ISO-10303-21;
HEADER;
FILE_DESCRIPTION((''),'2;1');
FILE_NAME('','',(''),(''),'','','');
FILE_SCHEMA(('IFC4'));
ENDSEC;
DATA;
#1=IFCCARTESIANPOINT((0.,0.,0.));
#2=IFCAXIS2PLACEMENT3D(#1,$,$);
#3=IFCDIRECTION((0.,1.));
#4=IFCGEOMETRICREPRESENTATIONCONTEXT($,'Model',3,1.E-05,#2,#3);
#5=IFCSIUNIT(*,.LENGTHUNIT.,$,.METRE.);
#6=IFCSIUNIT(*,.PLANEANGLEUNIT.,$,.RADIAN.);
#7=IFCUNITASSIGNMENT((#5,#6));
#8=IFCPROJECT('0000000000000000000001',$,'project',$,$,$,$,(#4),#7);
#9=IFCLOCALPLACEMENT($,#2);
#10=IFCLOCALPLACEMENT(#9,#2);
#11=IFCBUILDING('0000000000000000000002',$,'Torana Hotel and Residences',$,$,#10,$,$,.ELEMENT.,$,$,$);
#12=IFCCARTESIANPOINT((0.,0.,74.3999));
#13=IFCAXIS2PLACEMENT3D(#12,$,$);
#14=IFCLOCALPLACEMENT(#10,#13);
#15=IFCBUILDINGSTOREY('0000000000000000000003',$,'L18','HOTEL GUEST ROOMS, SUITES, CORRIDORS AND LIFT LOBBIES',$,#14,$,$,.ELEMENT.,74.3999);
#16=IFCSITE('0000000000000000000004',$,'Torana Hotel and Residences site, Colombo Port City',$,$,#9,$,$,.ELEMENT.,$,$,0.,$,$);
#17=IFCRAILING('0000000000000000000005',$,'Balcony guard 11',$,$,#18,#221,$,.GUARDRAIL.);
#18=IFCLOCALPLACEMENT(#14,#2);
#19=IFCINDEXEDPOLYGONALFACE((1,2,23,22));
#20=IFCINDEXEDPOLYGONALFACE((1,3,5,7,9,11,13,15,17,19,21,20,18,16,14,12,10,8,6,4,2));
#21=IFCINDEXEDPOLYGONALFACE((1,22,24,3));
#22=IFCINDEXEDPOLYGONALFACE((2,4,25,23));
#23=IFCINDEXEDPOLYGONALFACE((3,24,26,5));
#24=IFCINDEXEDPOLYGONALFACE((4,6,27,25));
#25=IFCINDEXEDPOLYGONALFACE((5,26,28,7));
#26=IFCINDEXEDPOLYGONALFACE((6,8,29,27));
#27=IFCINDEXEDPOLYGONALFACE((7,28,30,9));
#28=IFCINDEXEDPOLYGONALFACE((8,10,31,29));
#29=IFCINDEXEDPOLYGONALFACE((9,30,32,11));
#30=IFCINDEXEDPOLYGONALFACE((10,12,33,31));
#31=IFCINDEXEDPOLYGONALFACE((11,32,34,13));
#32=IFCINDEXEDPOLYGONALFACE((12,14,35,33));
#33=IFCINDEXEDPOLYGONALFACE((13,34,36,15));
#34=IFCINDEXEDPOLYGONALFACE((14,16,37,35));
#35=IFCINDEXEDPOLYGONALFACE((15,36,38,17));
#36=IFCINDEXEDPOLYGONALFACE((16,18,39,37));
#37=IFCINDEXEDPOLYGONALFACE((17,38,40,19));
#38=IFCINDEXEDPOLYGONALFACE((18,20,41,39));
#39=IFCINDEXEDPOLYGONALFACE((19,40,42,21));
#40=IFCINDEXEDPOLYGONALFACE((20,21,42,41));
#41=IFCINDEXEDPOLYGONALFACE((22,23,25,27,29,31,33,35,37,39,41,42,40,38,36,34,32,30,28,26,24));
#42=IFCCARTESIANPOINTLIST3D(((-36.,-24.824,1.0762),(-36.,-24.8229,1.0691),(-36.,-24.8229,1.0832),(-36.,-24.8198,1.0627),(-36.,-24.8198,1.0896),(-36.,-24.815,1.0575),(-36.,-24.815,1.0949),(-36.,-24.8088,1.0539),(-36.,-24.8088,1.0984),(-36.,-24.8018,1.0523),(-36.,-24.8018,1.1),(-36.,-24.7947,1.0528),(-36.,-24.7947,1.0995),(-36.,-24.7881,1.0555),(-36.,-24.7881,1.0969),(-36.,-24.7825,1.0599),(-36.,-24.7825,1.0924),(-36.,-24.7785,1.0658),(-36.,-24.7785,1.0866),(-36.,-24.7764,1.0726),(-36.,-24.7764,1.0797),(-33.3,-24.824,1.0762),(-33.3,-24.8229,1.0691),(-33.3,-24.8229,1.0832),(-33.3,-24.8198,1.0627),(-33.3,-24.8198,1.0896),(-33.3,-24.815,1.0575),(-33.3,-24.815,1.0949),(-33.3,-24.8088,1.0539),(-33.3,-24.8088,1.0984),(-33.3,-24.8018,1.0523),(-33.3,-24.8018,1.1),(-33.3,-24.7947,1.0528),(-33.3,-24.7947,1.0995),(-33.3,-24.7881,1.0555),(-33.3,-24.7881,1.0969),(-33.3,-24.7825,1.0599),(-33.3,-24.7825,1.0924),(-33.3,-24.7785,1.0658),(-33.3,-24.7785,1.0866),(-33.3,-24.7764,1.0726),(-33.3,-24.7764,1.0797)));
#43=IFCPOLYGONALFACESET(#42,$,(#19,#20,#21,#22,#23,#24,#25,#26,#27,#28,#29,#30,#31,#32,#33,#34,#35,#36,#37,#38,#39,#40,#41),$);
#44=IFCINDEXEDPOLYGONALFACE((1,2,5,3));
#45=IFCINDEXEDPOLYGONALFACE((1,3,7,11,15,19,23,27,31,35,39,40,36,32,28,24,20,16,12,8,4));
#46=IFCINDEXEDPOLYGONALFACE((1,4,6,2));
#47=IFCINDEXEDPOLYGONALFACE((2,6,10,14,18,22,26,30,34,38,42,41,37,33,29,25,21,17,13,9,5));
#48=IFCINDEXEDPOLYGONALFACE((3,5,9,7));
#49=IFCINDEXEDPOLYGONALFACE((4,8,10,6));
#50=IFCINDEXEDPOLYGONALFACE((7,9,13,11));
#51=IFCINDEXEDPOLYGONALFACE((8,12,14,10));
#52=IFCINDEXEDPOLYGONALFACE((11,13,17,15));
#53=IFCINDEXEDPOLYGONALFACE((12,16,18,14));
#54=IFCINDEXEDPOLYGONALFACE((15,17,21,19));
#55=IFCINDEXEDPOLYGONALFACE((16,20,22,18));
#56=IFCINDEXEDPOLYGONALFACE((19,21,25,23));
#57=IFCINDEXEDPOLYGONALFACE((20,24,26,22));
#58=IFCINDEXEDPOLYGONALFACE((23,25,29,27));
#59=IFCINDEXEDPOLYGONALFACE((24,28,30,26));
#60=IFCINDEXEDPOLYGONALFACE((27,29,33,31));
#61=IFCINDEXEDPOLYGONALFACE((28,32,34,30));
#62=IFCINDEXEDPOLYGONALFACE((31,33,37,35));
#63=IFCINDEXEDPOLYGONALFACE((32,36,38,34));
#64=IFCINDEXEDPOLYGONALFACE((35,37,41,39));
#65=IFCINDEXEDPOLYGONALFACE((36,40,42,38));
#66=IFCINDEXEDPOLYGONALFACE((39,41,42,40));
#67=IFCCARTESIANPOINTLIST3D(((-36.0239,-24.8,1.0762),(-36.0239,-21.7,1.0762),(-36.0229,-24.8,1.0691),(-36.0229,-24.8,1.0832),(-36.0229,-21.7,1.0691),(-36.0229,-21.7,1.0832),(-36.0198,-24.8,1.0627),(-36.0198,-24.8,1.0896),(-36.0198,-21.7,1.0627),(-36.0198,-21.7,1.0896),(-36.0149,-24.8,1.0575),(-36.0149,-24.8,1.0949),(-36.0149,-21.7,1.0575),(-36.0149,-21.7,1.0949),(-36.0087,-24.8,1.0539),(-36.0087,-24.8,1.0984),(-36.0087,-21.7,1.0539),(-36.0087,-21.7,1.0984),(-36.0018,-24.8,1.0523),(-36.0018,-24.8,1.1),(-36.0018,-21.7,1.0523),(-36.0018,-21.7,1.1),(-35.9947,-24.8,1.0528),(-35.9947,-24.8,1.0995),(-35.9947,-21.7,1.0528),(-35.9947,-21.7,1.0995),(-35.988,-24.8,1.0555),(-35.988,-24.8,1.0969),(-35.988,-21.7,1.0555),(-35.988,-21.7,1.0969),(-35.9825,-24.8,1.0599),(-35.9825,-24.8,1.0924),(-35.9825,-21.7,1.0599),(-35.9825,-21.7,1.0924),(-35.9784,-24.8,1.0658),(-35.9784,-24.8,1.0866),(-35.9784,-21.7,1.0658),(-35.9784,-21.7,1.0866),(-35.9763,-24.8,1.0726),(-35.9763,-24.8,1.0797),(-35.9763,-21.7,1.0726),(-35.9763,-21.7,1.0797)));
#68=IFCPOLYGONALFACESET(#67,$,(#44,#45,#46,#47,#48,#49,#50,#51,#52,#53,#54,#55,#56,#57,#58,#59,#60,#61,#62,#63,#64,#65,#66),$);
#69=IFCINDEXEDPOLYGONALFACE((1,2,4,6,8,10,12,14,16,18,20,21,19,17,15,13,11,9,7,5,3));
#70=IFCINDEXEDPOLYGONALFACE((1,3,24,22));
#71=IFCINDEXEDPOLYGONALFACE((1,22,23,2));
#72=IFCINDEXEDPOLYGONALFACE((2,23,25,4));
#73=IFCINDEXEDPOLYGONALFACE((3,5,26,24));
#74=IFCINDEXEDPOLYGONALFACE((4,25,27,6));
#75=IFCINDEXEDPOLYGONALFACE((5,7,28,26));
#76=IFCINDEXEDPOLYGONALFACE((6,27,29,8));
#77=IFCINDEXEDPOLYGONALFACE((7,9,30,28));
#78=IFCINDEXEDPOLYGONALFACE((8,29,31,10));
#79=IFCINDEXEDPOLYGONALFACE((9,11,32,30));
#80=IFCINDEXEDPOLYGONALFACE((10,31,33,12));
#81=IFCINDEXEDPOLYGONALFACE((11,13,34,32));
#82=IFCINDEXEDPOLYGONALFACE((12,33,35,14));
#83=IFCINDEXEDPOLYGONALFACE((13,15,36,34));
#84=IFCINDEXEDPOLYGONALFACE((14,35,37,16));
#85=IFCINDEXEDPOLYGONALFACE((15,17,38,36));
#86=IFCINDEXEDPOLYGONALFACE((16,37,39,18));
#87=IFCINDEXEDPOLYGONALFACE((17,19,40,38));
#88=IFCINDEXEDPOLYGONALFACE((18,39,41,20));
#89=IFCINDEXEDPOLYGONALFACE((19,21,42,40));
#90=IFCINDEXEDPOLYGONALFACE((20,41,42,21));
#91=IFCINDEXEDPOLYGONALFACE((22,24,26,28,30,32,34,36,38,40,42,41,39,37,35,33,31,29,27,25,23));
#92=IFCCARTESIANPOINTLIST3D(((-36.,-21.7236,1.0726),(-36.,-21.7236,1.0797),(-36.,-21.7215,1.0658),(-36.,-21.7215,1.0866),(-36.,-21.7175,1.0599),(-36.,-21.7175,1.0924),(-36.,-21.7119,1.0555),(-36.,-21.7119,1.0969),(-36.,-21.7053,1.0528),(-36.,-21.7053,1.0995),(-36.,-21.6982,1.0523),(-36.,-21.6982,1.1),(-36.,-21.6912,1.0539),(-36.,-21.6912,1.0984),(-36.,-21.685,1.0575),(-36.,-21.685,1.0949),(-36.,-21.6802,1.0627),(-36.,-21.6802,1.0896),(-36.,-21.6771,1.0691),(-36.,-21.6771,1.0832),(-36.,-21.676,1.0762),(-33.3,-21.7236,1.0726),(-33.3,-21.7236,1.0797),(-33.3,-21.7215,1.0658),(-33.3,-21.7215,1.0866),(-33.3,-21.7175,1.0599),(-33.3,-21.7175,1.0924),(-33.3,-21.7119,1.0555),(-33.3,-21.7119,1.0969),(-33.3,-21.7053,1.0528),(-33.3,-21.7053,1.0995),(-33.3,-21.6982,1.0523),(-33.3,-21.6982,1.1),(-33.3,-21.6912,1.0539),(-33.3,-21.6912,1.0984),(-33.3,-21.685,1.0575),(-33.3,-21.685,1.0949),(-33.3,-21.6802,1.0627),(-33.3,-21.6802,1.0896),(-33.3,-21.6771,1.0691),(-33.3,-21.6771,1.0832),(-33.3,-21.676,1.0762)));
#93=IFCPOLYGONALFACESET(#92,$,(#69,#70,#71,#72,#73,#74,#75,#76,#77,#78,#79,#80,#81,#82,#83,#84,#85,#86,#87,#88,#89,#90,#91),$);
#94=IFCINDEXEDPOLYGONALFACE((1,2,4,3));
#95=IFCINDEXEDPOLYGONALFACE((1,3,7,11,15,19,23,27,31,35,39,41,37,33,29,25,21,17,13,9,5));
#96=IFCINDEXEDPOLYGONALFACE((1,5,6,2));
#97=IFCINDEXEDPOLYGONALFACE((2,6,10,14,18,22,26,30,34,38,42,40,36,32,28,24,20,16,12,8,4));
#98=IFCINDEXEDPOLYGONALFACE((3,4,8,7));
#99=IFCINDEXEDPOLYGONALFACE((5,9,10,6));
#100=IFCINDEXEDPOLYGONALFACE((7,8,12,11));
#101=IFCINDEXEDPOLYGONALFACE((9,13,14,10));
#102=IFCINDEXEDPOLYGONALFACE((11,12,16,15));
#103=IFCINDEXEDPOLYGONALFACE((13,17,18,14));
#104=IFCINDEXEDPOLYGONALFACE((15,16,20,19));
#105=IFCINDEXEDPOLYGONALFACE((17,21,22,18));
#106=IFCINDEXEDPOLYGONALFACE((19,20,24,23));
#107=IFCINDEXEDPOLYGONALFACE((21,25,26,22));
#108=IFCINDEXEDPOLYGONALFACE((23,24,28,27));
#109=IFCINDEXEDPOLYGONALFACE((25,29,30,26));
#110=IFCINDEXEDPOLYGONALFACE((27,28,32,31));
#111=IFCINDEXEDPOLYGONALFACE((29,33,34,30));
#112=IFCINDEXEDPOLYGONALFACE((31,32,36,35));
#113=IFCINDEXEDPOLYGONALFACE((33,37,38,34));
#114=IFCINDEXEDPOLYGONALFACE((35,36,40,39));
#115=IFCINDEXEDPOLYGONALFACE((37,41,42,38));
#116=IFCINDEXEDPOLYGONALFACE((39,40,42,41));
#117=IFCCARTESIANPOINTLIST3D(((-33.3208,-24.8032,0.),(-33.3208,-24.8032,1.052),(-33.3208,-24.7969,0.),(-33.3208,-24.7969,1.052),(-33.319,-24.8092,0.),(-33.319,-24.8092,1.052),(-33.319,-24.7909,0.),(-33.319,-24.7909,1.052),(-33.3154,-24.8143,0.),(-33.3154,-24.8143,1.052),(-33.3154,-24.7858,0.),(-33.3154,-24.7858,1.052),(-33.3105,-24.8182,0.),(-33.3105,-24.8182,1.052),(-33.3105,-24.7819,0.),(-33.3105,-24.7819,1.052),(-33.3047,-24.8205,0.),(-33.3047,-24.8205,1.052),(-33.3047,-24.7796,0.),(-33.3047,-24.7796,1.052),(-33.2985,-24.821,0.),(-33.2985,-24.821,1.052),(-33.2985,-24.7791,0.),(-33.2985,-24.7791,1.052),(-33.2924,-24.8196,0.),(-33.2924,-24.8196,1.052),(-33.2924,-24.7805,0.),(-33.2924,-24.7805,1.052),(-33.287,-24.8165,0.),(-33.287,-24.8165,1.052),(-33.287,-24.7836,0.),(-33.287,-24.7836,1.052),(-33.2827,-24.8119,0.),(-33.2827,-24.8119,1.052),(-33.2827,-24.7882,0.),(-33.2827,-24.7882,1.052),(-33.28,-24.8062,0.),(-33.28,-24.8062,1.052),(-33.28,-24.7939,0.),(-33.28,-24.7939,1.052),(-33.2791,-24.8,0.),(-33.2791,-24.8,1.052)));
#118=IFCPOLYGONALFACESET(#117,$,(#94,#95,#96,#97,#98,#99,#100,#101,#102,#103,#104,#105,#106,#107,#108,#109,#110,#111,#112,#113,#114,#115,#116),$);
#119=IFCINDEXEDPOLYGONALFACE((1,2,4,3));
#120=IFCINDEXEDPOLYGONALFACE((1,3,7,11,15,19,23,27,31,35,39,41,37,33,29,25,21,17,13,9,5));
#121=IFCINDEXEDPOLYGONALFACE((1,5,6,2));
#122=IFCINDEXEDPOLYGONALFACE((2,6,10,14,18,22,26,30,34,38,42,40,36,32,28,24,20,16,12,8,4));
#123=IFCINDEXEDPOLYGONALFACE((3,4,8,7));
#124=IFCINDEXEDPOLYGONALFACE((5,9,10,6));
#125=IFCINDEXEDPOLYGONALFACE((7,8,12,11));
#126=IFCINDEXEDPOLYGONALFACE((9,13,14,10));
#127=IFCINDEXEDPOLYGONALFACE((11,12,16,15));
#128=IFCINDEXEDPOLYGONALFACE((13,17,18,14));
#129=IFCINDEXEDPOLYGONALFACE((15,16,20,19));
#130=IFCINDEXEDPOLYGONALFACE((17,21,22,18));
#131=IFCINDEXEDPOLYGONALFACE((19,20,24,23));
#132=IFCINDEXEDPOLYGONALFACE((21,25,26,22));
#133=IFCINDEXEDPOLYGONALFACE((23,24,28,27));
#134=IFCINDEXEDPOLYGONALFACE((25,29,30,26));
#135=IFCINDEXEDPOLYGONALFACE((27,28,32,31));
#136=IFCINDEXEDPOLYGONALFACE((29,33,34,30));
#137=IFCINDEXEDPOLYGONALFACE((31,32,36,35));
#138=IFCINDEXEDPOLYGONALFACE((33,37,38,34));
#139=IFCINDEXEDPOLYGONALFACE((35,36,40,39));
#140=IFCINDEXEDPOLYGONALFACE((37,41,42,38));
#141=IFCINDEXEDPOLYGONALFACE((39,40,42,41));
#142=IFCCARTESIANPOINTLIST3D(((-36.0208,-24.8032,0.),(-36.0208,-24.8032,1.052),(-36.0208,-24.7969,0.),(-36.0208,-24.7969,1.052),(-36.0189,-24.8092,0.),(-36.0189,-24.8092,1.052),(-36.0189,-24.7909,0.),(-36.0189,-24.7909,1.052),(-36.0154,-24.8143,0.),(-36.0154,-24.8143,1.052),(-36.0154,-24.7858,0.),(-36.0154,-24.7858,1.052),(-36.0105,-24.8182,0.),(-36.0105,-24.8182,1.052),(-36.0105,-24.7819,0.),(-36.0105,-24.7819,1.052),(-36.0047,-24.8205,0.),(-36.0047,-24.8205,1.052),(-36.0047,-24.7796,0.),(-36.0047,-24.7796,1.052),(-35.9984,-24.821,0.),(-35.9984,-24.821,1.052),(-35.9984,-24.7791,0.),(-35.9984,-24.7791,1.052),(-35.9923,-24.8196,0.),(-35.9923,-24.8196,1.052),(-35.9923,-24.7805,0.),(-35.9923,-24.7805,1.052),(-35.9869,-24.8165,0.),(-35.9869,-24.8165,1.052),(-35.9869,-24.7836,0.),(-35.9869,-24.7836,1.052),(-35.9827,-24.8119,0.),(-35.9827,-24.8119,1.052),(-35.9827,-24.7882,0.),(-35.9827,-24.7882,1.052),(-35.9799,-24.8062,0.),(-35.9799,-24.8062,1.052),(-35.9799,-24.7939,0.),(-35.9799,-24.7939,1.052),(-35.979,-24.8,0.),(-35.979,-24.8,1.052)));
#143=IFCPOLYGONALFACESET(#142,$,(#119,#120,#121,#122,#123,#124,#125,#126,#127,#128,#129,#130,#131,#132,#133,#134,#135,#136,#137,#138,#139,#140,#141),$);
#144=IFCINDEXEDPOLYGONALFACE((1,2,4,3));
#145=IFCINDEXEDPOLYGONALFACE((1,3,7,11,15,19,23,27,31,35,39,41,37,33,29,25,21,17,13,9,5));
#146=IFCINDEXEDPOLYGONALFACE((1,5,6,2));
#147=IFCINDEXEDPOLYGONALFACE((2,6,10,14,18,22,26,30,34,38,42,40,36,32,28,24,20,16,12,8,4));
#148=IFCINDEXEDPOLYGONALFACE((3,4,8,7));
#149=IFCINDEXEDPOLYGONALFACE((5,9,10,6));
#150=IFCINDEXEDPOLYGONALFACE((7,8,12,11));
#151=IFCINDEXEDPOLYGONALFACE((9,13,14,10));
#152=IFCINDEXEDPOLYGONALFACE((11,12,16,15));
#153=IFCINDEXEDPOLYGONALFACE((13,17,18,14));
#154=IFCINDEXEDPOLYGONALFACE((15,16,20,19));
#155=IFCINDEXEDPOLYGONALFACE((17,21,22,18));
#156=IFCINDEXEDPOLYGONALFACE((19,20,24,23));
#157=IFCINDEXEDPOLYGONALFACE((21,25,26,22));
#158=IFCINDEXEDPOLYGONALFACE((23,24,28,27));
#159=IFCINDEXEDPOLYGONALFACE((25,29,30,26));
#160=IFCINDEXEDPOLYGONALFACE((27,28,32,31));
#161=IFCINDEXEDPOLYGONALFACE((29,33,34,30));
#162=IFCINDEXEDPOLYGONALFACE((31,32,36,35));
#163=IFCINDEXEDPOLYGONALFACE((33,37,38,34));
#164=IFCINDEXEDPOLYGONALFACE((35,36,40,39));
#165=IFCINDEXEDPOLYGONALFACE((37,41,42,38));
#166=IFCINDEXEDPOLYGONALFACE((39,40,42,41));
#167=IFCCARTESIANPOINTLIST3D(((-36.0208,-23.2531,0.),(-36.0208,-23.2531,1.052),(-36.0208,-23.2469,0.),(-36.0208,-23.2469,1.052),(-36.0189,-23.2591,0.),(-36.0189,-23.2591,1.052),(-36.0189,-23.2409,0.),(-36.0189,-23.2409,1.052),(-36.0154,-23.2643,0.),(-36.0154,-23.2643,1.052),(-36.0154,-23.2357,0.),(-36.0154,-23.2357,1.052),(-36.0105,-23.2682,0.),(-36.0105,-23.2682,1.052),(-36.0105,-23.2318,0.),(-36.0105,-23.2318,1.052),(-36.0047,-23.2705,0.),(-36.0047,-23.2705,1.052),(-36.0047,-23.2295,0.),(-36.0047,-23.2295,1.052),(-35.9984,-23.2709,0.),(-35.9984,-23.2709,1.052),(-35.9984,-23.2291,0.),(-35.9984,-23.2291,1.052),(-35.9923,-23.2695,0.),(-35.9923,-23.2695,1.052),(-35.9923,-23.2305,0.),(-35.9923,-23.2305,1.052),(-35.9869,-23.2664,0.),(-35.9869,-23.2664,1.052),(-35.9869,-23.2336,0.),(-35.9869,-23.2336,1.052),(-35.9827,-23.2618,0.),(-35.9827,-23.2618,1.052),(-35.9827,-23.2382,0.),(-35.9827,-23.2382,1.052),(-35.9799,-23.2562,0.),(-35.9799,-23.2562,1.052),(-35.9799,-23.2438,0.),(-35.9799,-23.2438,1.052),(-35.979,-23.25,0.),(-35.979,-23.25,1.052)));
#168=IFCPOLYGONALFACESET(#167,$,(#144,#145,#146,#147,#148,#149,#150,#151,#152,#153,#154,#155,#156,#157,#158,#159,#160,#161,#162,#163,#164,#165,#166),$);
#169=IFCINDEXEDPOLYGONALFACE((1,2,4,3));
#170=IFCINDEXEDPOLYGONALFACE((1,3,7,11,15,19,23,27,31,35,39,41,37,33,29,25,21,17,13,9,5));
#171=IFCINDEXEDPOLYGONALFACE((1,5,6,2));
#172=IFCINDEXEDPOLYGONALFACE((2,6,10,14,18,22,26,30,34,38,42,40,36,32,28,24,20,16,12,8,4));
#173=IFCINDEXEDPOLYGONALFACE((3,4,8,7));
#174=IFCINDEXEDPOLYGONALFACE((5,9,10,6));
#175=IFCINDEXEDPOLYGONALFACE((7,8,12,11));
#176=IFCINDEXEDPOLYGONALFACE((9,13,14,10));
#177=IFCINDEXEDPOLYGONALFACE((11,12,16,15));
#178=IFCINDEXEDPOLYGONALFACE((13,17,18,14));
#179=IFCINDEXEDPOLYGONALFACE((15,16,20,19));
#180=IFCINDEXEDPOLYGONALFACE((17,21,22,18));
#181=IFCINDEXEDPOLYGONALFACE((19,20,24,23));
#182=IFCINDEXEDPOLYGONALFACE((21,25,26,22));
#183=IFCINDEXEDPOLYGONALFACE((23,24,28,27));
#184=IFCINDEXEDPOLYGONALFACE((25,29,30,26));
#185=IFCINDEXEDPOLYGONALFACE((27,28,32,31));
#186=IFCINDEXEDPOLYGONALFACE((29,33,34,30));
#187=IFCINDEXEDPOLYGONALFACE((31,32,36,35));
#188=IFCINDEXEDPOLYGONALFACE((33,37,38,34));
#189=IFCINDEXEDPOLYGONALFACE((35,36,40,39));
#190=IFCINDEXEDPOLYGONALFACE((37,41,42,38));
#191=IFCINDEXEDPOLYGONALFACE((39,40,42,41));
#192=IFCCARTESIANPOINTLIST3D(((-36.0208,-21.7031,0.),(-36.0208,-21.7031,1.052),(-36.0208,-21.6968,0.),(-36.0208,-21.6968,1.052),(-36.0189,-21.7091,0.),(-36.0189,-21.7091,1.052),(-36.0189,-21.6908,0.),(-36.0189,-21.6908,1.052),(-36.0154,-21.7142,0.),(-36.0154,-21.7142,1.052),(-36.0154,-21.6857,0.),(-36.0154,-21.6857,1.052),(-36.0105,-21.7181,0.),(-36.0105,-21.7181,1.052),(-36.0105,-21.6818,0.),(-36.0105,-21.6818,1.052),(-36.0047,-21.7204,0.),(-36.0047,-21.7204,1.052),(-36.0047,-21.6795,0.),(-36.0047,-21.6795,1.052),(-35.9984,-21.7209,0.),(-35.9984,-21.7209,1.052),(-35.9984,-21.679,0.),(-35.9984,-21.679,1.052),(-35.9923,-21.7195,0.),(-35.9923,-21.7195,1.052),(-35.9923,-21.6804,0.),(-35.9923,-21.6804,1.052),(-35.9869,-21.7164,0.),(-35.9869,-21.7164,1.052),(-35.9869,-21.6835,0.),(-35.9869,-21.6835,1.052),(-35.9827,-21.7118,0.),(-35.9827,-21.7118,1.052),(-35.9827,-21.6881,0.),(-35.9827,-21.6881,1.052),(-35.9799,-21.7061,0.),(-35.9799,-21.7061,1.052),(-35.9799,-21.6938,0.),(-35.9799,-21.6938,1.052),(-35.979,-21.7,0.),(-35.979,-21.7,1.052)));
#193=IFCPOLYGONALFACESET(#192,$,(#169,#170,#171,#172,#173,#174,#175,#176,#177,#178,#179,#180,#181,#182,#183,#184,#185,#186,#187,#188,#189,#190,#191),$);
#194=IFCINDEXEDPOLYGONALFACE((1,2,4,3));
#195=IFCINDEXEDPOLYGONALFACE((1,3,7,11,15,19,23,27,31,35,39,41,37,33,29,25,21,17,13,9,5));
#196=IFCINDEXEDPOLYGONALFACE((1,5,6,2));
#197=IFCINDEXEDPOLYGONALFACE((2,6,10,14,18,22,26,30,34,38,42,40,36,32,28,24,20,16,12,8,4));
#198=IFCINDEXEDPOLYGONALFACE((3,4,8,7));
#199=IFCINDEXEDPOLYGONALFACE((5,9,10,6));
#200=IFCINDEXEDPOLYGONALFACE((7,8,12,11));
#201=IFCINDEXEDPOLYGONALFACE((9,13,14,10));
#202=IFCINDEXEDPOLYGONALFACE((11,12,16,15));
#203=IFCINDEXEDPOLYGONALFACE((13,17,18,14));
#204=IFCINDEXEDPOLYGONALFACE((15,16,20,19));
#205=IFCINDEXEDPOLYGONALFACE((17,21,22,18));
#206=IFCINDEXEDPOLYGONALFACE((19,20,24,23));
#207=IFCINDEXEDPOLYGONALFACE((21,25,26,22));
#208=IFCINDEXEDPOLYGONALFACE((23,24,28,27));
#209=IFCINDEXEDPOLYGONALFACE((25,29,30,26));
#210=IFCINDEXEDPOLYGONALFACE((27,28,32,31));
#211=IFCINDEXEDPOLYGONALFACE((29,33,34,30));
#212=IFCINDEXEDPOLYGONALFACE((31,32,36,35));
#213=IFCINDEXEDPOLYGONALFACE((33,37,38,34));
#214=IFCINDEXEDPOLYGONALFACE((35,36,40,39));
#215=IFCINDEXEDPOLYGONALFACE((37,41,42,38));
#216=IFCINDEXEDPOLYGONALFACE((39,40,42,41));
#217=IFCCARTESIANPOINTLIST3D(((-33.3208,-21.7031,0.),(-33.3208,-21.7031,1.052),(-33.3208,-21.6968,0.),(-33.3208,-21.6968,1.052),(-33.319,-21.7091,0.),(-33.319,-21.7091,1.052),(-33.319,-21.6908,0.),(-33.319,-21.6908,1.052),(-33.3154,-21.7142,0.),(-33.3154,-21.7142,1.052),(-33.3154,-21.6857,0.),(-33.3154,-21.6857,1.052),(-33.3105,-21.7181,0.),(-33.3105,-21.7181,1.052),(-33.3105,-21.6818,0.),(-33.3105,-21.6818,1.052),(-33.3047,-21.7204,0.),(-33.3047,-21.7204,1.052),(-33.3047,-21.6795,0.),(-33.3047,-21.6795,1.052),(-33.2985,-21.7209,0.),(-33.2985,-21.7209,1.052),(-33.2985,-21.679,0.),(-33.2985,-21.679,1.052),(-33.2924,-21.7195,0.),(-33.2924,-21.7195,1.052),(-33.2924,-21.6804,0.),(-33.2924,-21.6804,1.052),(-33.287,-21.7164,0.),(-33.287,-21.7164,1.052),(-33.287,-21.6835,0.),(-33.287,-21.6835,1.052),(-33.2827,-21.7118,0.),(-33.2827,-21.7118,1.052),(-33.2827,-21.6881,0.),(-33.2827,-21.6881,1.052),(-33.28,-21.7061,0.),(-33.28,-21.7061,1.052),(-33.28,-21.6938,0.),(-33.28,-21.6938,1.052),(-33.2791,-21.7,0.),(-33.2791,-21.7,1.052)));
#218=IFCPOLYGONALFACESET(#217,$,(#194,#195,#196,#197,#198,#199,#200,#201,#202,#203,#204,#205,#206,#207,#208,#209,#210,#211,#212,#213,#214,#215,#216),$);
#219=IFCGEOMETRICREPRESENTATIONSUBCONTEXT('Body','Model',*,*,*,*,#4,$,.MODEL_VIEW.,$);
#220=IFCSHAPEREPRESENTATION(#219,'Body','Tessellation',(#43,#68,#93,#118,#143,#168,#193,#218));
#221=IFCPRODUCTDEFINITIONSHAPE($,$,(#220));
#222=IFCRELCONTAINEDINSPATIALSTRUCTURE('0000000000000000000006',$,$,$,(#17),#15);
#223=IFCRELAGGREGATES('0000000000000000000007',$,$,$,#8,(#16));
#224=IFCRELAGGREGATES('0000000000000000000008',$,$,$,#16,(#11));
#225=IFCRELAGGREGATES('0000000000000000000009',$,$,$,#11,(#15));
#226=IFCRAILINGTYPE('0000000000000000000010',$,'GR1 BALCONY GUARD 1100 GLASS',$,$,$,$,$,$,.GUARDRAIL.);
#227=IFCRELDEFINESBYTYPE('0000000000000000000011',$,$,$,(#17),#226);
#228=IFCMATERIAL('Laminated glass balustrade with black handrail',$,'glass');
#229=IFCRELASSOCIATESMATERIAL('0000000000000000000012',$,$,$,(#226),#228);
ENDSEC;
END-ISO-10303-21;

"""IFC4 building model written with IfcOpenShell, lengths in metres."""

from ifc_helpers import new_model, si_unit, direction, frame, origin, origin_2d, place, context, subcontext, project, spatial, circle, extrude, material, type_object, element, save


model = new_model("IFC4")

# Units and contexts
model_context = context("Model", 3, precision=1e-05, world=origin(), true_north=direction((0.0, 1.0)))
body_context = subcontext(model_context, "Body", "Model", "MODEL_VIEW")
ifc_project = project(units=[si_unit("LENGTHUNIT", "METRE"), si_unit("PLANEANGLEUNIT", "RADIAN")], contexts=[model_context])

# Site, building, storey
site_placement = place(None, origin())
site = spatial("IfcSite", under=ifc_project, at=site_placement, Name="Torana Hotel and Residences site, Colombo Port City", CompositionType="ELEMENT", RefElevation=0.0)
building_placement = place(site_placement, origin())
building = spatial("IfcBuilding", under=site, at=building_placement, Name="Torana Hotel and Residences", CompositionType="ELEMENT")
storey_placement = place(building_placement, frame((0.0, 0.0, 74.3999)))
storey = spatial("IfcBuildingStorey", under=building, at=storey_placement, Name="L18", Description="HOTEL GUEST ROOMS, SUITES, CORRIDORS AND LIFT LOBBIES", CompositionType="ELEMENT", Elevation=74.3999)

# Railing
ifc_material_1 = material(Name="Laminated glass balustrade with black handrail", Category="glass")
railing_type = type_object("IfcRailingType", Name="GR1 BALCONY GUARD 1100 GLASS", PredefinedType="GUARDRAIL", material=ifc_material_1)
railing_placement = place(storey_placement, frame((-33.3, -24.8, 0.0)))
element("IfcRailing", 1, at=railing_placement, inside=storey, type_object=railing_type, Name="Balcony guard 11", PredefinedType="GUARDRAIL", context=body_context, shape_type="SweptSolid", body=[
    extrude(circle(Radius=0.0239, at=origin_2d()), frame((0.0, 0.0, 1.0762), z_axis=(-1.0, 0.0, 0.0), x_axis=(0.0, -1.0, 0.0)), (0.0, 0.0, 1.0), 2.7),
    extrude(circle(Radius=0.0239, at=origin_2d()), frame((-2.7, 0.0, 1.0762), z_axis=(0.0, 1.0, 0.0), x_axis=(-1.0, 0.0, 0.0)), (0.0, 0.0, 1.0), 3.1001),
    extrude(circle(Radius=0.0239, at=origin_2d()), frame((-2.7, 3.1001, 1.0762), z_axis=(1.0, 0.0, 0.0), x_axis=(0.0, 1.0, 0.0)), (0.0, 0.0, 1.0), 2.7),
    extrude(circle(Radius=0.021, at=origin_2d()), origin(), (0.0, 0.0, 1.0), 1.052),
    extrude(circle(Radius=0.021, at=origin_2d()), frame((-2.7, 0.0, 0.0)), (0.0, 0.0, 1.0), 1.052),
    extrude(circle(Radius=0.021, at=origin_2d()), frame((-2.7, 1.55, 0.0)), (0.0, 0.0, 1.0), 1.052),
    extrude(circle(Radius=0.021, at=origin_2d()), frame((-2.7, 3.1001, 0.0)), (0.0, 0.0, 1.0), 1.052),
    extrude(circle(Radius=0.021, at=origin_2d()), frame((0.0, 3.1001, 0.0)), (0.0, 0.0, 1.0), 1.052),
])

save(model, "model.ifc")
